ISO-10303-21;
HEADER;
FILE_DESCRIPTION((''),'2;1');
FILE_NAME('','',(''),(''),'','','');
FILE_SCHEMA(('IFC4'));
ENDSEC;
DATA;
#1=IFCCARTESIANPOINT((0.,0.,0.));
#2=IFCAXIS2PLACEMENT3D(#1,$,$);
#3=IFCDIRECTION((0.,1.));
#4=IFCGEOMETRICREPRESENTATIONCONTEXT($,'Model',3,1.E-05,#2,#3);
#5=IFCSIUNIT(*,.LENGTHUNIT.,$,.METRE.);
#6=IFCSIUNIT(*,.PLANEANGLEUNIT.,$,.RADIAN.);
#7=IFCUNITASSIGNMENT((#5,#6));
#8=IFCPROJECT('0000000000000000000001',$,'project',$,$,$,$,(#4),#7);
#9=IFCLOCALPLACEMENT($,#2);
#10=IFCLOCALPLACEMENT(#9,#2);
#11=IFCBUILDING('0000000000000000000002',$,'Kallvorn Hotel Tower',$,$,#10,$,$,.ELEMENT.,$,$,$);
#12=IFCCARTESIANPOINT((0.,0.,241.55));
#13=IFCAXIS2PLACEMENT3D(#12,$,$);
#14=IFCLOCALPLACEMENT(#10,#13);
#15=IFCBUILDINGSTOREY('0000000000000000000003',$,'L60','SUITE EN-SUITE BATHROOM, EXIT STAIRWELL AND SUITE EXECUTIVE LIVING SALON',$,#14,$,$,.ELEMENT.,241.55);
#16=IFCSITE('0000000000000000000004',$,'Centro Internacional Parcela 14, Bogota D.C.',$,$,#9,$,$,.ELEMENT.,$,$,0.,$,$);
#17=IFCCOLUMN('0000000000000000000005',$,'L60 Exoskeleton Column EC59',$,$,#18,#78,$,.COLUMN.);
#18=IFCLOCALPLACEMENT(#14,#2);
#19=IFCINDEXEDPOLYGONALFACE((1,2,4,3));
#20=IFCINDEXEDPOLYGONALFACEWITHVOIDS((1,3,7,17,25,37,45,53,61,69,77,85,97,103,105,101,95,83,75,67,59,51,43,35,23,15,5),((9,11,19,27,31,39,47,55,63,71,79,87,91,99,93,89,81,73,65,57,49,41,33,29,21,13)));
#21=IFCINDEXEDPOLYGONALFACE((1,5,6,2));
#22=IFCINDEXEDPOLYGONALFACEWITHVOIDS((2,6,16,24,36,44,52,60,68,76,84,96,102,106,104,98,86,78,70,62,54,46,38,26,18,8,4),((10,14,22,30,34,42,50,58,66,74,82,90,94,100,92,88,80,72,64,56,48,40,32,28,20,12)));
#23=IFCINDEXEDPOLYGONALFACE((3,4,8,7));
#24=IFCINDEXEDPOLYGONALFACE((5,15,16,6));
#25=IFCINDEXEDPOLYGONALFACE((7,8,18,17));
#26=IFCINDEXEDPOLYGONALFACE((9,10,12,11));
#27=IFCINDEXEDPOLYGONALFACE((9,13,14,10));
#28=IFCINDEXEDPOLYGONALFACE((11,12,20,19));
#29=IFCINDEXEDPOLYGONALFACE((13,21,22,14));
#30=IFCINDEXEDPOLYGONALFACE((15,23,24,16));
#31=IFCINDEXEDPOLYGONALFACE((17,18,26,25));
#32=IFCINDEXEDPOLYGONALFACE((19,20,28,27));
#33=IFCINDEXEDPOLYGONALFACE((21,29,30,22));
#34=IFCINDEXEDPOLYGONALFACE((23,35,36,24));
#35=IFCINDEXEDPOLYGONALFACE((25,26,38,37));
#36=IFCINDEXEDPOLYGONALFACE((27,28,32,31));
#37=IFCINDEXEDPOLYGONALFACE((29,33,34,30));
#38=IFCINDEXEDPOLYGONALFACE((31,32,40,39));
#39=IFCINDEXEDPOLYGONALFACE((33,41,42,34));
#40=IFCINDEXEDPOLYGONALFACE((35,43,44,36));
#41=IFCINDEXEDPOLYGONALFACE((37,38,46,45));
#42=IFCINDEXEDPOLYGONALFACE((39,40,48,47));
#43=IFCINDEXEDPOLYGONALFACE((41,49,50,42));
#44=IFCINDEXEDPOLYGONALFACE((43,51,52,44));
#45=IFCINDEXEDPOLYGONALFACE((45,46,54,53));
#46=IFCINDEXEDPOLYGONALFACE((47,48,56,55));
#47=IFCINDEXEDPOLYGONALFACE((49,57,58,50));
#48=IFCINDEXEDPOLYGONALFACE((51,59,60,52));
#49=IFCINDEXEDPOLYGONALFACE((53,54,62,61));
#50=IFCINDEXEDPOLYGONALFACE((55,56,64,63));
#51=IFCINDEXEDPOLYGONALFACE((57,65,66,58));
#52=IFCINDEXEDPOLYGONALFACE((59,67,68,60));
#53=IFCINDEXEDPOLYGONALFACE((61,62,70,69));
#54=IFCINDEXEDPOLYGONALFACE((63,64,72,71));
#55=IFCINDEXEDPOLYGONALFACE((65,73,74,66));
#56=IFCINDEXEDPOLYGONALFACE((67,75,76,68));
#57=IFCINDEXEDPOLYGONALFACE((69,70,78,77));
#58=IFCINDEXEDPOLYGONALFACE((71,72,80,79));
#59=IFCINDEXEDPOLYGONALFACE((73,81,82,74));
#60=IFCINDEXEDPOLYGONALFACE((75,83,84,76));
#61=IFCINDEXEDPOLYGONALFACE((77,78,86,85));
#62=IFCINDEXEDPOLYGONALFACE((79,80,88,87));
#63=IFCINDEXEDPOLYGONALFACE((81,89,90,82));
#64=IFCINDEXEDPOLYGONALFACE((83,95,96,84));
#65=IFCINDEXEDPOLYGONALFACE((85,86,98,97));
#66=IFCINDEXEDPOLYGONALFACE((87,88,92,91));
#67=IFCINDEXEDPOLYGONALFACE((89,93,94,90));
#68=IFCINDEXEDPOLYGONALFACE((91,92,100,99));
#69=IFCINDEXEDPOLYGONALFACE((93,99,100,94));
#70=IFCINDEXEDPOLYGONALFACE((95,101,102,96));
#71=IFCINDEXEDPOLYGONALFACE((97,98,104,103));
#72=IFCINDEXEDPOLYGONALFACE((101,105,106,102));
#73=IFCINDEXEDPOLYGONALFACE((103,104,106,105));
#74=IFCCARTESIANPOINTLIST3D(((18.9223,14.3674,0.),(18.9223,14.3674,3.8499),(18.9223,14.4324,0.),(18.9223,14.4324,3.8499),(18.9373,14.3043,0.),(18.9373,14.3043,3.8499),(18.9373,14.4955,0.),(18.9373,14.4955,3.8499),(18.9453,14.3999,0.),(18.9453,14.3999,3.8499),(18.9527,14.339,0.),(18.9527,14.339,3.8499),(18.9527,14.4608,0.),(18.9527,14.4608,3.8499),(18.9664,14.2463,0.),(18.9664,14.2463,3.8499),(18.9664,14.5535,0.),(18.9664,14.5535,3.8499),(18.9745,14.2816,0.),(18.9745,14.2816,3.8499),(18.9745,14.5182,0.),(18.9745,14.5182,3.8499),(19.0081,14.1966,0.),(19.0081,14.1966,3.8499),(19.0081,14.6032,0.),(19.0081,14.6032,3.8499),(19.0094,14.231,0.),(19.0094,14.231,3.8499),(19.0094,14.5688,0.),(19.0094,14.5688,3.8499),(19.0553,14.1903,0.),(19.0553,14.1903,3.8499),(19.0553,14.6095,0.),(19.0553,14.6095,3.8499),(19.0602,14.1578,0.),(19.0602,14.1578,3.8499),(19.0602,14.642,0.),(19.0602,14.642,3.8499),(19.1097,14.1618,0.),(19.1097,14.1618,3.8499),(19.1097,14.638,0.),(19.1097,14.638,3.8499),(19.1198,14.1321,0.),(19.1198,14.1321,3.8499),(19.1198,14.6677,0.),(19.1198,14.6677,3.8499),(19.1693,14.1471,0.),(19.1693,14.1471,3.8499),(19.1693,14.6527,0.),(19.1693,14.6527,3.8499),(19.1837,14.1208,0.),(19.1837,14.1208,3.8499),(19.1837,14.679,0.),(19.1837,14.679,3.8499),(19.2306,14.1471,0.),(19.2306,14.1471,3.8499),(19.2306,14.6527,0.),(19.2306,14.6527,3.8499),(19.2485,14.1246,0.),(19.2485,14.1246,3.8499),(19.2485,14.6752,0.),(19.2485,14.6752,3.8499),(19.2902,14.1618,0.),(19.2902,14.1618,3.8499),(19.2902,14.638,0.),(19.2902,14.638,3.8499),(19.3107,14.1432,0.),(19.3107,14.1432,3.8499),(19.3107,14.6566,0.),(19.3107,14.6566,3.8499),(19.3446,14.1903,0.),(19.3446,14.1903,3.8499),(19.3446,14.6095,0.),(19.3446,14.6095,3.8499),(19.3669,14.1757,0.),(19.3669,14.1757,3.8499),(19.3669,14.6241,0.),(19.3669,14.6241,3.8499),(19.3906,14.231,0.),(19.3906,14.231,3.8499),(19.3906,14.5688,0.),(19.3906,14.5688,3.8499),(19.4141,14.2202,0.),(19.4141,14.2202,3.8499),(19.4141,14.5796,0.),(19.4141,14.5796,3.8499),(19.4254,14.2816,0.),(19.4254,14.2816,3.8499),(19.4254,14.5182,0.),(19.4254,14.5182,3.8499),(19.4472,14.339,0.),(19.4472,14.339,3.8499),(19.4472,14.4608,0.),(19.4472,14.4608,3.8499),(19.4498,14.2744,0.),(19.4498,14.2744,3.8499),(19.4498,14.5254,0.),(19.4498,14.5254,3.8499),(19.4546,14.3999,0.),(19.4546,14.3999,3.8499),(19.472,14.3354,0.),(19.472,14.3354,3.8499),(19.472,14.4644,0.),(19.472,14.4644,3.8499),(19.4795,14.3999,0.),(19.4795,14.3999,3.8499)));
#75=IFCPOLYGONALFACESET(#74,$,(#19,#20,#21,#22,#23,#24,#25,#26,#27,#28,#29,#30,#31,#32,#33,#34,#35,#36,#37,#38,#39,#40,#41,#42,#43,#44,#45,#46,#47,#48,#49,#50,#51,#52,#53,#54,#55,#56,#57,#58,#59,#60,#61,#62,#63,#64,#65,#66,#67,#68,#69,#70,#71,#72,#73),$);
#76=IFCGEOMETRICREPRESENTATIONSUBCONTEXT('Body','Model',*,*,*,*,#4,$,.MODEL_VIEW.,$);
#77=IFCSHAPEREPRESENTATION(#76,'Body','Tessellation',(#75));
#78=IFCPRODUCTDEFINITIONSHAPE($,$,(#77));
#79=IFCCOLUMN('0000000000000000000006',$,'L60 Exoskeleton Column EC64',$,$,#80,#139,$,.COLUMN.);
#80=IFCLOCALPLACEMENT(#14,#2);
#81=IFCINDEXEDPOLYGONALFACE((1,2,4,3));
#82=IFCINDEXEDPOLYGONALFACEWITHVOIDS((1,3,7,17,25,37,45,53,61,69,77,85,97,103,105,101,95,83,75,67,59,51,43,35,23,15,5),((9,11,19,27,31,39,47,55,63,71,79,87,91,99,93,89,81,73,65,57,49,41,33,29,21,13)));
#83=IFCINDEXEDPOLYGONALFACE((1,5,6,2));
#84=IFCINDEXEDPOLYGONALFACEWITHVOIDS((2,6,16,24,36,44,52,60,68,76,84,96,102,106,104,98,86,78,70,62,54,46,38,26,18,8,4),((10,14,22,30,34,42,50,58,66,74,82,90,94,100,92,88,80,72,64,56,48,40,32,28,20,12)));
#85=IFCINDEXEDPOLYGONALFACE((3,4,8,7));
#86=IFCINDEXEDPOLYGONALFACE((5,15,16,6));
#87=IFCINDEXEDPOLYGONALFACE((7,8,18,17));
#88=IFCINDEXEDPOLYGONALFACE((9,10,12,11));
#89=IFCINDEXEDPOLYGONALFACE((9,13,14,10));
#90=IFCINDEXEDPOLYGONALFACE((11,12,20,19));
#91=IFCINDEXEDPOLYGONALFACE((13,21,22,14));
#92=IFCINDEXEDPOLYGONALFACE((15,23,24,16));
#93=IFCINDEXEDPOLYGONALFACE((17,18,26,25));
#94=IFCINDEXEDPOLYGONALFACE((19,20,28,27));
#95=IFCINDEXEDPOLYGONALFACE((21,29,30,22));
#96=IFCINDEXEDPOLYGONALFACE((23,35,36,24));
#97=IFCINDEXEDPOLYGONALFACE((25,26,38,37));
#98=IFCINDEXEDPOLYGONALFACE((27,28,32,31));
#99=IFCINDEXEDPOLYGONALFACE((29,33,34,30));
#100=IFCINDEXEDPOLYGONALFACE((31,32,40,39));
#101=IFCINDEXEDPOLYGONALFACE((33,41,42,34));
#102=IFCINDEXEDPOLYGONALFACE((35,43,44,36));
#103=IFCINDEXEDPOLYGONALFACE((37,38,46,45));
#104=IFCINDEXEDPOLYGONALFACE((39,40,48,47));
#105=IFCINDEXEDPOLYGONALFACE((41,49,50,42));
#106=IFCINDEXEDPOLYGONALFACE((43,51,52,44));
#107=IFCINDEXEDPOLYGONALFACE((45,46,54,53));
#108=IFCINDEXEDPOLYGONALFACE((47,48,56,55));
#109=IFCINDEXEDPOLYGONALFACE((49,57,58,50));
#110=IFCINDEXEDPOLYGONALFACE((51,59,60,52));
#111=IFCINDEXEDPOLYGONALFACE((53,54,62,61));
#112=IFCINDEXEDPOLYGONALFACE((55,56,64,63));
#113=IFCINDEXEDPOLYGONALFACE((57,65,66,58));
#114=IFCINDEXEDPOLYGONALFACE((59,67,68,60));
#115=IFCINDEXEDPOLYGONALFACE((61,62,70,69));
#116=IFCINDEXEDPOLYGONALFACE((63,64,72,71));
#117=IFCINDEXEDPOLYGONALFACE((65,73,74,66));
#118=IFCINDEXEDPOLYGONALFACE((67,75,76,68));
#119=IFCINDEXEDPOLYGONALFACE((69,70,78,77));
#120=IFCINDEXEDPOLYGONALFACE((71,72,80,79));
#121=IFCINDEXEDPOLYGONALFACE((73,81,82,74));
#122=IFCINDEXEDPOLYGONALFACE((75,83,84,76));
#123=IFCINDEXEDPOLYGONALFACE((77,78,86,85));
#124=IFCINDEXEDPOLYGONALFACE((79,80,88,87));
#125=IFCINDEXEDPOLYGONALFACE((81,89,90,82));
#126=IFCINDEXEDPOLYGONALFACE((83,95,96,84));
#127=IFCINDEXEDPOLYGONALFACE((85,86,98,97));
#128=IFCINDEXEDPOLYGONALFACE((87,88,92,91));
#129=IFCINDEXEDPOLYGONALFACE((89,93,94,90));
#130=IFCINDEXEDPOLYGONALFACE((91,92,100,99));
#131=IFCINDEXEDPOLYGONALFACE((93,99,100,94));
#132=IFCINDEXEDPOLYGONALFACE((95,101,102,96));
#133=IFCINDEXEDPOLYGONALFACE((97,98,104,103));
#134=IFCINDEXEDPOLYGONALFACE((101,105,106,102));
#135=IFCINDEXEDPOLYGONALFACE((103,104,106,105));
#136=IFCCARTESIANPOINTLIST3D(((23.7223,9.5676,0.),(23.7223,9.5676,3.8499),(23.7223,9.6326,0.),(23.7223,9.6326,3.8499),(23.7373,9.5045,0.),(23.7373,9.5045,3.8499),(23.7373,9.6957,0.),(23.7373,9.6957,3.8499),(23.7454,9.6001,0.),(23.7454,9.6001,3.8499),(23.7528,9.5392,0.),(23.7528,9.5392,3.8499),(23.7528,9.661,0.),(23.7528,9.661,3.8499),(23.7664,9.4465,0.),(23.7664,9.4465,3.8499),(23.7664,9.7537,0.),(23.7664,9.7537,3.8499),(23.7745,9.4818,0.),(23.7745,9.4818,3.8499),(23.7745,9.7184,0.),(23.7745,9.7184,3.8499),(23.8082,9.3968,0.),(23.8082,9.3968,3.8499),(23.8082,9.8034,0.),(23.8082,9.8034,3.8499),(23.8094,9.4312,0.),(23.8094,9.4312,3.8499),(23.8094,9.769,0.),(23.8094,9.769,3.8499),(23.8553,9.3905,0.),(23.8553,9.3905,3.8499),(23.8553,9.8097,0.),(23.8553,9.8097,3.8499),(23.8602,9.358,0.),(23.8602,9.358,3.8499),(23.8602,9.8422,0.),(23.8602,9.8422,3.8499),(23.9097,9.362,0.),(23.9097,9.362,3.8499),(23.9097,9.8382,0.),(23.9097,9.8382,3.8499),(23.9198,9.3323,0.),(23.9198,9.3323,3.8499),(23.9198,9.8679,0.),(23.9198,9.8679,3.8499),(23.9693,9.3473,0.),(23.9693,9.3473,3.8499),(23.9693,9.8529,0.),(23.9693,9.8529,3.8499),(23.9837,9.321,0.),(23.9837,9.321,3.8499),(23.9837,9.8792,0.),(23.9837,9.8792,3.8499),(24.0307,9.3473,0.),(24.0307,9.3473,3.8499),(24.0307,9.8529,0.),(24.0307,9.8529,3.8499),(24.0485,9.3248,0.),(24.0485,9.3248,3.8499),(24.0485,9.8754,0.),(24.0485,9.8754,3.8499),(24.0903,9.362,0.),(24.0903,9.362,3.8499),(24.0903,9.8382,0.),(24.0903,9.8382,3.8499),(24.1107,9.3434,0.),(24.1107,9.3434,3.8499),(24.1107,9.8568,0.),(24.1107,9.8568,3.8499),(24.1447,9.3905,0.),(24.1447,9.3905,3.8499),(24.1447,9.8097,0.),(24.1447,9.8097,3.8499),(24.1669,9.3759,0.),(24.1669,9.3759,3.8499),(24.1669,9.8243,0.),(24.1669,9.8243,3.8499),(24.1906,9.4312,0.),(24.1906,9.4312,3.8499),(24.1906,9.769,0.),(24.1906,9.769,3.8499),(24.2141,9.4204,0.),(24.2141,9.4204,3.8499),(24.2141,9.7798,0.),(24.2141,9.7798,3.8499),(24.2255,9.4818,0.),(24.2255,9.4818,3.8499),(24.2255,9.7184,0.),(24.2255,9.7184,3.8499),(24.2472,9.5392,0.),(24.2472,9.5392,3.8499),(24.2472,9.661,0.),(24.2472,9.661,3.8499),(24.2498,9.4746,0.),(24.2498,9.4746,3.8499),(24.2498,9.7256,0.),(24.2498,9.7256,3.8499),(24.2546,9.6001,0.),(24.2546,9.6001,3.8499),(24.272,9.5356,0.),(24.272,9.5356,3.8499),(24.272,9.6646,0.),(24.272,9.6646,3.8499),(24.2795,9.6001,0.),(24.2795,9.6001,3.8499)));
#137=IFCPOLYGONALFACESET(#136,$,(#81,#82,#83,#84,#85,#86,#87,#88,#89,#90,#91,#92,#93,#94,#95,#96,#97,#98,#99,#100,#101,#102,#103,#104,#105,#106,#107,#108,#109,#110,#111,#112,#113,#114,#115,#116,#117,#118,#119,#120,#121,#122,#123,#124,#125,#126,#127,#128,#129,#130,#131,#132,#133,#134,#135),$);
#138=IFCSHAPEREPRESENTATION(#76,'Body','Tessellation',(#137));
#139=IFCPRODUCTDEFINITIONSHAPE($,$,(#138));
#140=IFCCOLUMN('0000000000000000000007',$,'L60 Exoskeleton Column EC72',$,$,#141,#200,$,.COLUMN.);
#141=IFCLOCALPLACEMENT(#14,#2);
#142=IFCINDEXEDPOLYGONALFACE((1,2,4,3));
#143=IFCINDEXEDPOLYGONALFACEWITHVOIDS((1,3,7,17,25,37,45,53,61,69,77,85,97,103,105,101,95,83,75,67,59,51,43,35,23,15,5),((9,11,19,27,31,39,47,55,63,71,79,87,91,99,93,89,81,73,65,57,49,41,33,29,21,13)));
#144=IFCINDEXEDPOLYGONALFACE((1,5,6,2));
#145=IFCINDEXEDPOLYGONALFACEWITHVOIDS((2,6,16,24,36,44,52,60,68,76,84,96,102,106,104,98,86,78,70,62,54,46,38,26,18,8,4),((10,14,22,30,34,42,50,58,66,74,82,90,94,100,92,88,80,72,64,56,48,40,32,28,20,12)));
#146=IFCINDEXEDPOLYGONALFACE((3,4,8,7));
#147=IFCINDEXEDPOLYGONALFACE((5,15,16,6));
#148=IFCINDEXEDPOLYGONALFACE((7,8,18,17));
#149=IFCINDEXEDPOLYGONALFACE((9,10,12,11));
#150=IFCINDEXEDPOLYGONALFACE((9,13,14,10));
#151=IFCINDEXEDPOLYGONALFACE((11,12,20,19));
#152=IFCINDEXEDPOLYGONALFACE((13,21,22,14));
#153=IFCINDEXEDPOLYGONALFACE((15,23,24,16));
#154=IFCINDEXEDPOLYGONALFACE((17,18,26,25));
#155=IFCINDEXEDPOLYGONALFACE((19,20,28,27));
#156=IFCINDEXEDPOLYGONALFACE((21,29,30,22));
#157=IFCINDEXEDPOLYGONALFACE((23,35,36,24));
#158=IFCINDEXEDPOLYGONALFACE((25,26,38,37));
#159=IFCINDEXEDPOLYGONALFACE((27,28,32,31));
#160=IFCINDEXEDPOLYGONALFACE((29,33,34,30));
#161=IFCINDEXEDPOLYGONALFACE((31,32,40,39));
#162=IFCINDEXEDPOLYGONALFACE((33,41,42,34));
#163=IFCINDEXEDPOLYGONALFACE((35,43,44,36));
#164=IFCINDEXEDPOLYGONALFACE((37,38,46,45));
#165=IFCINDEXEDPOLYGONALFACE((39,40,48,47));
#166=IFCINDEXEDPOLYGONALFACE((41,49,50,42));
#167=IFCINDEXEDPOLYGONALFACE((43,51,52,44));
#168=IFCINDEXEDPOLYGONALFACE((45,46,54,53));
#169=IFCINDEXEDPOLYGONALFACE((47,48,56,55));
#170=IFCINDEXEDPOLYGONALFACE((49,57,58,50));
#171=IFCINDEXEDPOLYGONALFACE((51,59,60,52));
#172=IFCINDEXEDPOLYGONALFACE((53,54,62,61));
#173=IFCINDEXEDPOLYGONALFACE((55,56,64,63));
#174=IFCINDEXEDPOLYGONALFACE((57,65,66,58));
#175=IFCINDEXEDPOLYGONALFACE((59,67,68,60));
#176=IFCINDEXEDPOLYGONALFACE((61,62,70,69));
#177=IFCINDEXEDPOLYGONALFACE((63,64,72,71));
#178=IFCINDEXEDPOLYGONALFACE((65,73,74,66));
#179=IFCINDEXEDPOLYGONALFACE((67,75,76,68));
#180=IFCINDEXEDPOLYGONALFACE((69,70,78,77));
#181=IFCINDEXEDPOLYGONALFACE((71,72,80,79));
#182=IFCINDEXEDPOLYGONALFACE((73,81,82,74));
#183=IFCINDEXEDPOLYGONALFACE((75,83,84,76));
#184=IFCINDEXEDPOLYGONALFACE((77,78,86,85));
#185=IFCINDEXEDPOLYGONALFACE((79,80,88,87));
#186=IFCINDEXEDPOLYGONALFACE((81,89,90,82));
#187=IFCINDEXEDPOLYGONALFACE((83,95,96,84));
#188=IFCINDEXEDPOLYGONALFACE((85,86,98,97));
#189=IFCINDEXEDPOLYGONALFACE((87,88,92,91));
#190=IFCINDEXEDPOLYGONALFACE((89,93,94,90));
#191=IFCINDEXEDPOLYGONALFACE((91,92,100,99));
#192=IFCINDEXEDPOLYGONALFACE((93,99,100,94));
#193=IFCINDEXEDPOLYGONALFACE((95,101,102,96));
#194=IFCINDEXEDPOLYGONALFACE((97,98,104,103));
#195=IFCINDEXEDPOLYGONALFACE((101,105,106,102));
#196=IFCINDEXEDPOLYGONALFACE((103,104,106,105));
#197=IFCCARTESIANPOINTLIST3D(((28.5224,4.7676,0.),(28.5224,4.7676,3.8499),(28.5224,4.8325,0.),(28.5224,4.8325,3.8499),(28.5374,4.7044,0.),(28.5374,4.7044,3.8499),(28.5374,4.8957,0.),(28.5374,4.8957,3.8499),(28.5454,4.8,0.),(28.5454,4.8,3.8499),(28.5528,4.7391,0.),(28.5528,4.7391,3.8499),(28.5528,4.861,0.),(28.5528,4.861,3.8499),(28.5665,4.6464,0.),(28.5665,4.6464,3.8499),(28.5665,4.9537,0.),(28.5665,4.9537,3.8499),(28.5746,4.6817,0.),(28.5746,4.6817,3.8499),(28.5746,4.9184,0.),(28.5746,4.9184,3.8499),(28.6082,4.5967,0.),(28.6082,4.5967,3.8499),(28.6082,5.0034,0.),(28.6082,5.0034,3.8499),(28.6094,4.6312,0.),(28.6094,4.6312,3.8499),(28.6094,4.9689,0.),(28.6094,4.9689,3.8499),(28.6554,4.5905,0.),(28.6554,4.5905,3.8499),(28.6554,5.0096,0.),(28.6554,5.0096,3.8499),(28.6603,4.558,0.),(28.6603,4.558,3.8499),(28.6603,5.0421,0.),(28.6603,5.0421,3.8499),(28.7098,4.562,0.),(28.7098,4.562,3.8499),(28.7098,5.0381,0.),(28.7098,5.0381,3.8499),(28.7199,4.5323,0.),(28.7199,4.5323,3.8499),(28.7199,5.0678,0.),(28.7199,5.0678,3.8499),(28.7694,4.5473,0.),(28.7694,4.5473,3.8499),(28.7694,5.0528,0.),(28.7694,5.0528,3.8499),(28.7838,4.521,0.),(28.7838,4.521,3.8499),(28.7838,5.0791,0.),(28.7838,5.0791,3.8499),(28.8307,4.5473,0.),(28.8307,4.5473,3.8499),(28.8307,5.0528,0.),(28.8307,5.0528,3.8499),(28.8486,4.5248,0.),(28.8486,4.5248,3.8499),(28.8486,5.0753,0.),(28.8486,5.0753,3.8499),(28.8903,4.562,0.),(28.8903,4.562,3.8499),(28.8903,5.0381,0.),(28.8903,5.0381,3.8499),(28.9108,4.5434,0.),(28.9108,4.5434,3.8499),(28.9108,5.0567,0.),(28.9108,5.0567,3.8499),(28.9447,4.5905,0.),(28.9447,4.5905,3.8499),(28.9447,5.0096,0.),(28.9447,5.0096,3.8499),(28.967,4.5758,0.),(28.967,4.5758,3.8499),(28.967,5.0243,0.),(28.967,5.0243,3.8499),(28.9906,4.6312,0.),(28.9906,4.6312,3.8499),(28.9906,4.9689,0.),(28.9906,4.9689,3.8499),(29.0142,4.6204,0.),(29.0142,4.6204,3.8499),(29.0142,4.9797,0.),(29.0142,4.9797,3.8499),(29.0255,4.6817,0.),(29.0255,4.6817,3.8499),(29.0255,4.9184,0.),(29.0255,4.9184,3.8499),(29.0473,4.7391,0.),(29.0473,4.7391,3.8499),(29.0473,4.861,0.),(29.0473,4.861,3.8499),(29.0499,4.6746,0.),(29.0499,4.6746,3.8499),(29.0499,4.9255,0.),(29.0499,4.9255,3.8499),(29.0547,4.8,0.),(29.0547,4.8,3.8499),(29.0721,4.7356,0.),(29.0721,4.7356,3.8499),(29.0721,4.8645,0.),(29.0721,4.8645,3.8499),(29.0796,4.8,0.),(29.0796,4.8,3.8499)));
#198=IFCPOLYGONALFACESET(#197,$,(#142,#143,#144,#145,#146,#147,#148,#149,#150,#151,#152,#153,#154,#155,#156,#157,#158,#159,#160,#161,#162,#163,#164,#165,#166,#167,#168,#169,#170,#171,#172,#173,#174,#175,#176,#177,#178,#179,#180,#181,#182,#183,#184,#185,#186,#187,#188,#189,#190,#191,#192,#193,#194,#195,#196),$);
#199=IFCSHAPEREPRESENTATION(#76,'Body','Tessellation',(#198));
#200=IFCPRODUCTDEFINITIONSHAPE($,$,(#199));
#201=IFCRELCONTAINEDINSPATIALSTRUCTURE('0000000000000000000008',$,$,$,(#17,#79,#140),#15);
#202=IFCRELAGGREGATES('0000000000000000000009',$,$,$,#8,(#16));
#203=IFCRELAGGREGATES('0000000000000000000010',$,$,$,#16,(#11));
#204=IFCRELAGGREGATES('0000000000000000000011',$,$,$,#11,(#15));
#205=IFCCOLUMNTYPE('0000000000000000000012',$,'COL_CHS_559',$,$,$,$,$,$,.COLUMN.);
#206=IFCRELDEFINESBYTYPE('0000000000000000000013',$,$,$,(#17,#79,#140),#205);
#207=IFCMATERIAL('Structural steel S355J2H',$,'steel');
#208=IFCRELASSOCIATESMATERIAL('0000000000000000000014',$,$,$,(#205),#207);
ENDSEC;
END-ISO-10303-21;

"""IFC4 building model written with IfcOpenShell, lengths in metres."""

from ifc_helpers import new_model, si_unit, direction, frame, origin, origin_2d, place, context, subcontext, project, spatial, hollow_circle, extrude, material, material_profile, profile_set, type_object, element, save


model = new_model("IFC4")

# Units and contexts
model_context = context("Model", 3, precision=1e-05, world=origin(), true_north=direction((0.0, 1.0)))
body_context = subcontext(model_context, "Body", "Model", "MODEL_VIEW")
ifc_project = project(units=[si_unit("LENGTHUNIT", "METRE"), si_unit("PLANEANGLEUNIT", "RADIAN")], contexts=[model_context])

# Site, building, storey
site_placement = place(None, origin())
site = spatial("IfcSite", under=ifc_project, at=site_placement, Name="Centro Internacional Parcela 14, Bogota D.C.", CompositionType="ELEMENT", RefElevation=0.0)
building_placement = place(site_placement, origin())
building = spatial("IfcBuilding", under=site, at=building_placement, Name="Kallvorn Hotel Tower", CompositionType="ELEMENT")
storey_placement = place(building_placement, frame((0.0, 0.0, 241.55)))
storey = spatial("IfcBuildingStorey", under=building, at=storey_placement, Name="L60", Description="SUITE EN-SUITE BATHROOM, EXIT STAIRWELL AND SUITE EXECUTIVE LIVING SALON", CompositionType="ELEMENT", Elevation=241.55)

# Columns
ifc_material_1 = material(Name="Structural steel S355J2H", Category="steel")
ifc_material_profile_1 = material_profile(ifc_material_1, hollow_circle(Radius=0.2795, WallThickness=0.0249, at=origin_2d()), Name="CHS 559x25")
ifc_profile_set_1 = profile_set([ifc_material_profile_1], Name="Structural steel S355J2H")
column_type_1 = type_object("IfcColumnType", Name="COL_CHS_559", PredefinedType="COLUMN", material=ifc_profile_set_1)
for number, where, z_axis, x_axis, name in (
    (1, (19.2, 14.3999, 0.0), (0.0, 0.0, 1.0), (1.0, 0.0, 0.0), "L60 Exoskeleton Column EC59"),
    (2, (24.0, 9.6001, 0.0), (0.0, 0.0, 1.0), (1.0, 0.0, 0.0), "L60 Exoskeleton Column EC64"),
    (3, (28.8, 4.8, 0.0), (0.0, 0.0, 1.0), (1.0, 0.0, 0.0), "L60 Exoskeleton Column EC72"),
):
    element("IfcColumn", number, at=place(storey_placement, frame(where, z_axis=z_axis, x_axis=x_axis)), inside=storey, type_object=column_type_1, Name=name, PredefinedType="COLUMN", context=body_context, shape_type="SweptSolid", body=[
        extrude(hollow_circle(Radius=0.2795, WallThickness=0.0249, at=origin_2d()), origin(), (0.0, 0.0, 1.0), 3.8499),
    ])

save(model, "model.ifc")
